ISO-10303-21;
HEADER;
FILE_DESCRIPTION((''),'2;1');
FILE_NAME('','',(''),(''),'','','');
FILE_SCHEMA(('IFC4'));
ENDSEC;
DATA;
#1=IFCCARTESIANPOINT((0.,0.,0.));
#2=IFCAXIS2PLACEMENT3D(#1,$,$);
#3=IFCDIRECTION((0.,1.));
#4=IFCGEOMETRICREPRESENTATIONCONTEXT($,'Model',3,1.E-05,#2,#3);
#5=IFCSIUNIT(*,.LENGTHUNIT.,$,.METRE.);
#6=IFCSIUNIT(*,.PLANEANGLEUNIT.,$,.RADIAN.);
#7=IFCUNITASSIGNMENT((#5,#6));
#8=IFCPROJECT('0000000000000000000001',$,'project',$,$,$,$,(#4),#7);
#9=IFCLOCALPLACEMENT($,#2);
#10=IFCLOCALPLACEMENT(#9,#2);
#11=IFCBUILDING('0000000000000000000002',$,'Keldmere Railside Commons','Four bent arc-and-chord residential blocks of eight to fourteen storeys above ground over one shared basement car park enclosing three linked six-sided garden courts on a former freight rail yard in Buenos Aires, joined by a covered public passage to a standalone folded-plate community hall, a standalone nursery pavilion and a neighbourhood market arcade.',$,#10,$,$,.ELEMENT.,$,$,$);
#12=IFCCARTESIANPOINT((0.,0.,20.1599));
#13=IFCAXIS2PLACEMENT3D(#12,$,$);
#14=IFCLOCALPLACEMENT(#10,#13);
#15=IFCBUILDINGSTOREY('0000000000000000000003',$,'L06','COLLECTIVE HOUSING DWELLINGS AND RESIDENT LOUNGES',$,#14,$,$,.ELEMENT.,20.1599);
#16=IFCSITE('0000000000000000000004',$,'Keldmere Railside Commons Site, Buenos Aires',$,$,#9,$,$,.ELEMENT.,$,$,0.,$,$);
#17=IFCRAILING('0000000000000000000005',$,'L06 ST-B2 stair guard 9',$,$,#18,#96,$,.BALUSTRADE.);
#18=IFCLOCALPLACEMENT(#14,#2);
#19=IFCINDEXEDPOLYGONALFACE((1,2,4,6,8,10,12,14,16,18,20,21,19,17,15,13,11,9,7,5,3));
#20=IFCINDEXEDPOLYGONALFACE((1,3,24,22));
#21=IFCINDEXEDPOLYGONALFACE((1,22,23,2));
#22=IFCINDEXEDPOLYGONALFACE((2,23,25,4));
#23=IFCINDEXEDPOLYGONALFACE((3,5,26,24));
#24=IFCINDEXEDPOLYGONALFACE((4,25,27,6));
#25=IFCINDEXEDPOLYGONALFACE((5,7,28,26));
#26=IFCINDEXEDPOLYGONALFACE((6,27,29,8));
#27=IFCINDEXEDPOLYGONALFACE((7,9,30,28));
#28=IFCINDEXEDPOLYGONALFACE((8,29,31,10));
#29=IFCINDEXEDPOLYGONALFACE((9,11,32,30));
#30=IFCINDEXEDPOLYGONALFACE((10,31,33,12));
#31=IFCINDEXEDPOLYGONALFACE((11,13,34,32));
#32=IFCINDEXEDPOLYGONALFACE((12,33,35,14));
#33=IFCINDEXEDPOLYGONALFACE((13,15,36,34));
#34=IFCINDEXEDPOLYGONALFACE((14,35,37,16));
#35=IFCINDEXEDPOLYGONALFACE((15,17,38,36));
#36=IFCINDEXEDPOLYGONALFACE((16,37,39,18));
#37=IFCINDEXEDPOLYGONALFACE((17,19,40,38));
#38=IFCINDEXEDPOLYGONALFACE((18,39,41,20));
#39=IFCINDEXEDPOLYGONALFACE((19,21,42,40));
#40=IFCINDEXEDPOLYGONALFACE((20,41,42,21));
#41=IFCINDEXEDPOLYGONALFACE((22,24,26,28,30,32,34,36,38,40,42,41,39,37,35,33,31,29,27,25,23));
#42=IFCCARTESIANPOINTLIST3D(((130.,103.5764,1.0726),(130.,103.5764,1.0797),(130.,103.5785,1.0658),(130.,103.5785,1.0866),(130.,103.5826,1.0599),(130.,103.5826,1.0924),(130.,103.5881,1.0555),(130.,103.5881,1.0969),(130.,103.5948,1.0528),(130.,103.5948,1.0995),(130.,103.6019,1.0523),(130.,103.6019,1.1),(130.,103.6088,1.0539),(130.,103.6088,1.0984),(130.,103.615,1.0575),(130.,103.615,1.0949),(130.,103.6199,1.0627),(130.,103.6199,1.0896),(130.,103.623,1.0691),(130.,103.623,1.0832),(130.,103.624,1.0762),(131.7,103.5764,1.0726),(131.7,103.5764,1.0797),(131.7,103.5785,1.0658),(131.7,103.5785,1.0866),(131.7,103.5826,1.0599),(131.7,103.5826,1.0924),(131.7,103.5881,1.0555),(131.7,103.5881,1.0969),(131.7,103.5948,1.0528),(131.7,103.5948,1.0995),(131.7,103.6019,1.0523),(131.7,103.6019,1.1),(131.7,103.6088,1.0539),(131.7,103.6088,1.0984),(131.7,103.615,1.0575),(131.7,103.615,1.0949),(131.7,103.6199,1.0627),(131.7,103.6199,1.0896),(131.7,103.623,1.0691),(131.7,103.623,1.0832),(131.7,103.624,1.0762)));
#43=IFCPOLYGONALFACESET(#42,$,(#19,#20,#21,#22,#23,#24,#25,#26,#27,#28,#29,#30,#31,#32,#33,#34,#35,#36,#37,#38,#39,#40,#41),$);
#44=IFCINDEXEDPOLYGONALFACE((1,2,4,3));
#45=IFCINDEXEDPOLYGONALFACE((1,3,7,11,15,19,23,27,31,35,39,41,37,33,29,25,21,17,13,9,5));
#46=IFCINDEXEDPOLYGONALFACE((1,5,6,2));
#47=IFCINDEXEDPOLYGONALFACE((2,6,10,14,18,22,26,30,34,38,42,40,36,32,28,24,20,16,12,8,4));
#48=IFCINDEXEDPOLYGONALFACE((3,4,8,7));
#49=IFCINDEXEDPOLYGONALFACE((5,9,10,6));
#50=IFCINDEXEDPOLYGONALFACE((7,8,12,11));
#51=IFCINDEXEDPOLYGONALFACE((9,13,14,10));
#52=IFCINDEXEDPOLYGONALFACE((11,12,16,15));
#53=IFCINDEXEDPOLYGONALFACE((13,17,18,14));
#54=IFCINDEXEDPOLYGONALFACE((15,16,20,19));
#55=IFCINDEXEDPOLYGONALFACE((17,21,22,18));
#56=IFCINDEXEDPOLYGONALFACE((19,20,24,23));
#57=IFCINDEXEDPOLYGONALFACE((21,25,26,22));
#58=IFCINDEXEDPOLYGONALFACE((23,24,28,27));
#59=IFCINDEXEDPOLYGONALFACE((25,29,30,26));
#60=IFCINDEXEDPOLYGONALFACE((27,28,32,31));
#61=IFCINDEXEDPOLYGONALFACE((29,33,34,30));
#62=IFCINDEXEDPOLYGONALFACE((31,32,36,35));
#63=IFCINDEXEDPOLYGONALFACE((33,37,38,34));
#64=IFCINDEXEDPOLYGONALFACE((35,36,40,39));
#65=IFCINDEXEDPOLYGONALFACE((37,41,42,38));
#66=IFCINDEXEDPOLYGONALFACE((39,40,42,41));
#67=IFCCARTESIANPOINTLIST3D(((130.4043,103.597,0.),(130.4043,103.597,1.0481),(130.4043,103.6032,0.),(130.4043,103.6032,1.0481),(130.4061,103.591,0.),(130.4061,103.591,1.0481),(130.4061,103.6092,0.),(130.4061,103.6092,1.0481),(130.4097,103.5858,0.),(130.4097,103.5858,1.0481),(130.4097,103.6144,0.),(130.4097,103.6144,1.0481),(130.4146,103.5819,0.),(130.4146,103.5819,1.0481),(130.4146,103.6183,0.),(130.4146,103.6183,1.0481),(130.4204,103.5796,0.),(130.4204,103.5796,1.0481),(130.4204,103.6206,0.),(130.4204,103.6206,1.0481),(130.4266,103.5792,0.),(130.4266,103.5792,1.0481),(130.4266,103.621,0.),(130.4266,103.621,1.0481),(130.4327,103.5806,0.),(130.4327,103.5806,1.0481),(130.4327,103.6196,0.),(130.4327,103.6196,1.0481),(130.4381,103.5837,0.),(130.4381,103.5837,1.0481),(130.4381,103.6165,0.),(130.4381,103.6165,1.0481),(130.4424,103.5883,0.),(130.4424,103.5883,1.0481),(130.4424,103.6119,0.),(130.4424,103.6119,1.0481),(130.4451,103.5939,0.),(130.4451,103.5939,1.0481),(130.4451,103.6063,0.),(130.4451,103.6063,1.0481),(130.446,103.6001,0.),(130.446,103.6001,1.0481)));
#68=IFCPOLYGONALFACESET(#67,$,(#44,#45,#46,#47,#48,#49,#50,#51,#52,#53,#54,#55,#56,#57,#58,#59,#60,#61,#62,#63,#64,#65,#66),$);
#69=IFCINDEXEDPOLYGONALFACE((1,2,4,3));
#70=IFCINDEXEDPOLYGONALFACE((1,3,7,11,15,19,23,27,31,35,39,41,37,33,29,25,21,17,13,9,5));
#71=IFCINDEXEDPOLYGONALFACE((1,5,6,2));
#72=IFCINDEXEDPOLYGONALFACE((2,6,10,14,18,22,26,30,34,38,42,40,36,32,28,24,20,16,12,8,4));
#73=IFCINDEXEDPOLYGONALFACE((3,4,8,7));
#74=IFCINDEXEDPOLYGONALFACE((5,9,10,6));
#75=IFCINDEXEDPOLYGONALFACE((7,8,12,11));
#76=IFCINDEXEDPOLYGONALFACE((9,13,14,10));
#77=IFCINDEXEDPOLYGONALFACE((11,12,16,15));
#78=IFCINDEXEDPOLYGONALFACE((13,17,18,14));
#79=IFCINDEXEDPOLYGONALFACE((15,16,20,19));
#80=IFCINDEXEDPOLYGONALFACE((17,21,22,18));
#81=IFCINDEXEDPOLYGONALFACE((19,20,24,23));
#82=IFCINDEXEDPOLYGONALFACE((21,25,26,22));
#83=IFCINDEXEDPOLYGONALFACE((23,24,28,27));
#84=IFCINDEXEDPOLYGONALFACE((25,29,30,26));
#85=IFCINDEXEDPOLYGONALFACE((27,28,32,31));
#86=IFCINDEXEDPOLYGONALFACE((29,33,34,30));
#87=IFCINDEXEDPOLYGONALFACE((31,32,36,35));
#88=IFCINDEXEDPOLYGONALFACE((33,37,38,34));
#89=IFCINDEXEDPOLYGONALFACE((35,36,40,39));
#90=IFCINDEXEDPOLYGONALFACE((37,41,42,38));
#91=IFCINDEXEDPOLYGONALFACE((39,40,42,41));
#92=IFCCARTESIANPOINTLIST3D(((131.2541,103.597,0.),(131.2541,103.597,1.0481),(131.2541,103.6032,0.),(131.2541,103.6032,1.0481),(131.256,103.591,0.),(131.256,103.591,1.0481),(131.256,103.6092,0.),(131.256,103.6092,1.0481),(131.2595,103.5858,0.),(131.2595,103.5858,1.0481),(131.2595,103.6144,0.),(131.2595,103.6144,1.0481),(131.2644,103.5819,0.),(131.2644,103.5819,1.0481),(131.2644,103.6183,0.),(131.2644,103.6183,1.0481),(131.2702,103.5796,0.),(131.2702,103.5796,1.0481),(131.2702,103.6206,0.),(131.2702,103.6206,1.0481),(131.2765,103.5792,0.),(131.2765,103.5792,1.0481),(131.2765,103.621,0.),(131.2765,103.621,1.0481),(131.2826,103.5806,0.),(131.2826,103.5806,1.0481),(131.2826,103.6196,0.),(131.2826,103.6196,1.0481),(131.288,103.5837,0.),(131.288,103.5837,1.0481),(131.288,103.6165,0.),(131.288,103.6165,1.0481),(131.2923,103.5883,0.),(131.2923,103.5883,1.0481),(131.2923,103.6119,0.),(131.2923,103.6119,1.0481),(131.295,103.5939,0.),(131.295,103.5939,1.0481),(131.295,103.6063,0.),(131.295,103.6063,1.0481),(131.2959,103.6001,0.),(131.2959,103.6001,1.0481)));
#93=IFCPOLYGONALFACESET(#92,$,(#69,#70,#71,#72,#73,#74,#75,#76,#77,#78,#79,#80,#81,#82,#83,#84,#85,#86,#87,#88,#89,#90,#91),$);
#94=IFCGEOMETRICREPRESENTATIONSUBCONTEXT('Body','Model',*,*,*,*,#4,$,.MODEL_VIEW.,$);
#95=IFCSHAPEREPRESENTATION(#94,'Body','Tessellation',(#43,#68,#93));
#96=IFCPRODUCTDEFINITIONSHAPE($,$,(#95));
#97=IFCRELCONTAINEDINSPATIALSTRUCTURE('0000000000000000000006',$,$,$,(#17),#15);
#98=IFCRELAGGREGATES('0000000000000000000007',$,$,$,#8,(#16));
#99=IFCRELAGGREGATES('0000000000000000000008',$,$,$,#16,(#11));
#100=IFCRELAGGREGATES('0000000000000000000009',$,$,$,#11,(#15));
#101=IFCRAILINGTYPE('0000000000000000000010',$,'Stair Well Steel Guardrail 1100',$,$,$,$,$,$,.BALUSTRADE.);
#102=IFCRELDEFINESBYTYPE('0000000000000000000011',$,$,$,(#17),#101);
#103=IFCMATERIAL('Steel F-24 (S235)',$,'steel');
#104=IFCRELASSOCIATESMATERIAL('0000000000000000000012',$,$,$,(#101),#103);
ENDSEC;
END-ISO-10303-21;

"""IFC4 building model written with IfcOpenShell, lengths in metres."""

from ifc_helpers import new_model, si_unit, direction, frame, origin, origin_2d, place, context, subcontext, project, spatial, circle, extrude, material, type_object, element, save


model = new_model("IFC4")

# Units and contexts
model_context = context("Model", 3, precision=1e-05, world=origin(), true_north=direction((0.0, 1.0)))
body_context = subcontext(model_context, "Body", "Model", "MODEL_VIEW")
ifc_project = project(units=[si_unit("LENGTHUNIT", "METRE"), si_unit("PLANEANGLEUNIT", "RADIAN")], contexts=[model_context])

# Site, building, storey
site_placement = place(None, origin())
site = spatial("IfcSite", under=ifc_project, at=site_placement, Name="Keldmere Railside Commons Site, Buenos Aires", CompositionType="ELEMENT", RefElevation=0.0)
building_placement = place(site_placement, origin())
building = spatial("IfcBuilding", under=site, at=building_placement, Name="Keldmere Railside Commons", Description="Four bent arc-and-chord residential blocks of eight to fourteen storeys above ground over one shared basement car park enclosing three linked six-sided garden courts on a former freight rail yard in Buenos Aires, joined by a covered public passage to a standalone folded-plate community hall, a standalone nursery pavilion and a neighbourhood market arcade.", CompositionType="ELEMENT")
storey_placement = place(building_placement, frame((0.0, 0.0, 20.1599)))
storey = spatial("IfcBuildingStorey", under=building, at=storey_placement, Name="L06", Description="COLLECTIVE HOUSING DWELLINGS AND RESIDENT LOUNGES", CompositionType="ELEMENT", Elevation=20.1599)

# Railing
ifc_material_1 = material(Name="Steel F-24 (S235)", Category="steel")
railing_type_1 = type_object("IfcRailingType", Name="Stair Well Steel Guardrail 1100", PredefinedType="BALUSTRADE", material=ifc_material_1)
railing_1_placement = place(storey_placement, frame((130.0, 103.6001, 0.0)))
element("IfcRailing", 1, at=railing_1_placement, inside=storey, type_object=railing_type_1, Name="L06 ST-B2 stair guard 9", PredefinedType="BALUSTRADE", context=body_context, shape_type="SweptSolid", body=[
    extrude(circle(Radius=0.0239, at=origin_2d()), frame((0.0, 0.0, 1.0762), z_axis=(1.0, 0.0, 0.0), x_axis=(0.0, 1.0, 0.0)), (0.0, 0.0, 1.0), 1.7),
    extrude(circle(Radius=0.021, at=origin_2d()), frame((0.425, 0.0, 0.0)), (0.0, 0.0, 1.0), 1.0481),
    extrude(circle(Radius=0.021, at=origin_2d()), frame((1.2749, 0.0, 0.0)), (0.0, 0.0, 1.0), 1.0481),
])

save(model, "model.ifc")
